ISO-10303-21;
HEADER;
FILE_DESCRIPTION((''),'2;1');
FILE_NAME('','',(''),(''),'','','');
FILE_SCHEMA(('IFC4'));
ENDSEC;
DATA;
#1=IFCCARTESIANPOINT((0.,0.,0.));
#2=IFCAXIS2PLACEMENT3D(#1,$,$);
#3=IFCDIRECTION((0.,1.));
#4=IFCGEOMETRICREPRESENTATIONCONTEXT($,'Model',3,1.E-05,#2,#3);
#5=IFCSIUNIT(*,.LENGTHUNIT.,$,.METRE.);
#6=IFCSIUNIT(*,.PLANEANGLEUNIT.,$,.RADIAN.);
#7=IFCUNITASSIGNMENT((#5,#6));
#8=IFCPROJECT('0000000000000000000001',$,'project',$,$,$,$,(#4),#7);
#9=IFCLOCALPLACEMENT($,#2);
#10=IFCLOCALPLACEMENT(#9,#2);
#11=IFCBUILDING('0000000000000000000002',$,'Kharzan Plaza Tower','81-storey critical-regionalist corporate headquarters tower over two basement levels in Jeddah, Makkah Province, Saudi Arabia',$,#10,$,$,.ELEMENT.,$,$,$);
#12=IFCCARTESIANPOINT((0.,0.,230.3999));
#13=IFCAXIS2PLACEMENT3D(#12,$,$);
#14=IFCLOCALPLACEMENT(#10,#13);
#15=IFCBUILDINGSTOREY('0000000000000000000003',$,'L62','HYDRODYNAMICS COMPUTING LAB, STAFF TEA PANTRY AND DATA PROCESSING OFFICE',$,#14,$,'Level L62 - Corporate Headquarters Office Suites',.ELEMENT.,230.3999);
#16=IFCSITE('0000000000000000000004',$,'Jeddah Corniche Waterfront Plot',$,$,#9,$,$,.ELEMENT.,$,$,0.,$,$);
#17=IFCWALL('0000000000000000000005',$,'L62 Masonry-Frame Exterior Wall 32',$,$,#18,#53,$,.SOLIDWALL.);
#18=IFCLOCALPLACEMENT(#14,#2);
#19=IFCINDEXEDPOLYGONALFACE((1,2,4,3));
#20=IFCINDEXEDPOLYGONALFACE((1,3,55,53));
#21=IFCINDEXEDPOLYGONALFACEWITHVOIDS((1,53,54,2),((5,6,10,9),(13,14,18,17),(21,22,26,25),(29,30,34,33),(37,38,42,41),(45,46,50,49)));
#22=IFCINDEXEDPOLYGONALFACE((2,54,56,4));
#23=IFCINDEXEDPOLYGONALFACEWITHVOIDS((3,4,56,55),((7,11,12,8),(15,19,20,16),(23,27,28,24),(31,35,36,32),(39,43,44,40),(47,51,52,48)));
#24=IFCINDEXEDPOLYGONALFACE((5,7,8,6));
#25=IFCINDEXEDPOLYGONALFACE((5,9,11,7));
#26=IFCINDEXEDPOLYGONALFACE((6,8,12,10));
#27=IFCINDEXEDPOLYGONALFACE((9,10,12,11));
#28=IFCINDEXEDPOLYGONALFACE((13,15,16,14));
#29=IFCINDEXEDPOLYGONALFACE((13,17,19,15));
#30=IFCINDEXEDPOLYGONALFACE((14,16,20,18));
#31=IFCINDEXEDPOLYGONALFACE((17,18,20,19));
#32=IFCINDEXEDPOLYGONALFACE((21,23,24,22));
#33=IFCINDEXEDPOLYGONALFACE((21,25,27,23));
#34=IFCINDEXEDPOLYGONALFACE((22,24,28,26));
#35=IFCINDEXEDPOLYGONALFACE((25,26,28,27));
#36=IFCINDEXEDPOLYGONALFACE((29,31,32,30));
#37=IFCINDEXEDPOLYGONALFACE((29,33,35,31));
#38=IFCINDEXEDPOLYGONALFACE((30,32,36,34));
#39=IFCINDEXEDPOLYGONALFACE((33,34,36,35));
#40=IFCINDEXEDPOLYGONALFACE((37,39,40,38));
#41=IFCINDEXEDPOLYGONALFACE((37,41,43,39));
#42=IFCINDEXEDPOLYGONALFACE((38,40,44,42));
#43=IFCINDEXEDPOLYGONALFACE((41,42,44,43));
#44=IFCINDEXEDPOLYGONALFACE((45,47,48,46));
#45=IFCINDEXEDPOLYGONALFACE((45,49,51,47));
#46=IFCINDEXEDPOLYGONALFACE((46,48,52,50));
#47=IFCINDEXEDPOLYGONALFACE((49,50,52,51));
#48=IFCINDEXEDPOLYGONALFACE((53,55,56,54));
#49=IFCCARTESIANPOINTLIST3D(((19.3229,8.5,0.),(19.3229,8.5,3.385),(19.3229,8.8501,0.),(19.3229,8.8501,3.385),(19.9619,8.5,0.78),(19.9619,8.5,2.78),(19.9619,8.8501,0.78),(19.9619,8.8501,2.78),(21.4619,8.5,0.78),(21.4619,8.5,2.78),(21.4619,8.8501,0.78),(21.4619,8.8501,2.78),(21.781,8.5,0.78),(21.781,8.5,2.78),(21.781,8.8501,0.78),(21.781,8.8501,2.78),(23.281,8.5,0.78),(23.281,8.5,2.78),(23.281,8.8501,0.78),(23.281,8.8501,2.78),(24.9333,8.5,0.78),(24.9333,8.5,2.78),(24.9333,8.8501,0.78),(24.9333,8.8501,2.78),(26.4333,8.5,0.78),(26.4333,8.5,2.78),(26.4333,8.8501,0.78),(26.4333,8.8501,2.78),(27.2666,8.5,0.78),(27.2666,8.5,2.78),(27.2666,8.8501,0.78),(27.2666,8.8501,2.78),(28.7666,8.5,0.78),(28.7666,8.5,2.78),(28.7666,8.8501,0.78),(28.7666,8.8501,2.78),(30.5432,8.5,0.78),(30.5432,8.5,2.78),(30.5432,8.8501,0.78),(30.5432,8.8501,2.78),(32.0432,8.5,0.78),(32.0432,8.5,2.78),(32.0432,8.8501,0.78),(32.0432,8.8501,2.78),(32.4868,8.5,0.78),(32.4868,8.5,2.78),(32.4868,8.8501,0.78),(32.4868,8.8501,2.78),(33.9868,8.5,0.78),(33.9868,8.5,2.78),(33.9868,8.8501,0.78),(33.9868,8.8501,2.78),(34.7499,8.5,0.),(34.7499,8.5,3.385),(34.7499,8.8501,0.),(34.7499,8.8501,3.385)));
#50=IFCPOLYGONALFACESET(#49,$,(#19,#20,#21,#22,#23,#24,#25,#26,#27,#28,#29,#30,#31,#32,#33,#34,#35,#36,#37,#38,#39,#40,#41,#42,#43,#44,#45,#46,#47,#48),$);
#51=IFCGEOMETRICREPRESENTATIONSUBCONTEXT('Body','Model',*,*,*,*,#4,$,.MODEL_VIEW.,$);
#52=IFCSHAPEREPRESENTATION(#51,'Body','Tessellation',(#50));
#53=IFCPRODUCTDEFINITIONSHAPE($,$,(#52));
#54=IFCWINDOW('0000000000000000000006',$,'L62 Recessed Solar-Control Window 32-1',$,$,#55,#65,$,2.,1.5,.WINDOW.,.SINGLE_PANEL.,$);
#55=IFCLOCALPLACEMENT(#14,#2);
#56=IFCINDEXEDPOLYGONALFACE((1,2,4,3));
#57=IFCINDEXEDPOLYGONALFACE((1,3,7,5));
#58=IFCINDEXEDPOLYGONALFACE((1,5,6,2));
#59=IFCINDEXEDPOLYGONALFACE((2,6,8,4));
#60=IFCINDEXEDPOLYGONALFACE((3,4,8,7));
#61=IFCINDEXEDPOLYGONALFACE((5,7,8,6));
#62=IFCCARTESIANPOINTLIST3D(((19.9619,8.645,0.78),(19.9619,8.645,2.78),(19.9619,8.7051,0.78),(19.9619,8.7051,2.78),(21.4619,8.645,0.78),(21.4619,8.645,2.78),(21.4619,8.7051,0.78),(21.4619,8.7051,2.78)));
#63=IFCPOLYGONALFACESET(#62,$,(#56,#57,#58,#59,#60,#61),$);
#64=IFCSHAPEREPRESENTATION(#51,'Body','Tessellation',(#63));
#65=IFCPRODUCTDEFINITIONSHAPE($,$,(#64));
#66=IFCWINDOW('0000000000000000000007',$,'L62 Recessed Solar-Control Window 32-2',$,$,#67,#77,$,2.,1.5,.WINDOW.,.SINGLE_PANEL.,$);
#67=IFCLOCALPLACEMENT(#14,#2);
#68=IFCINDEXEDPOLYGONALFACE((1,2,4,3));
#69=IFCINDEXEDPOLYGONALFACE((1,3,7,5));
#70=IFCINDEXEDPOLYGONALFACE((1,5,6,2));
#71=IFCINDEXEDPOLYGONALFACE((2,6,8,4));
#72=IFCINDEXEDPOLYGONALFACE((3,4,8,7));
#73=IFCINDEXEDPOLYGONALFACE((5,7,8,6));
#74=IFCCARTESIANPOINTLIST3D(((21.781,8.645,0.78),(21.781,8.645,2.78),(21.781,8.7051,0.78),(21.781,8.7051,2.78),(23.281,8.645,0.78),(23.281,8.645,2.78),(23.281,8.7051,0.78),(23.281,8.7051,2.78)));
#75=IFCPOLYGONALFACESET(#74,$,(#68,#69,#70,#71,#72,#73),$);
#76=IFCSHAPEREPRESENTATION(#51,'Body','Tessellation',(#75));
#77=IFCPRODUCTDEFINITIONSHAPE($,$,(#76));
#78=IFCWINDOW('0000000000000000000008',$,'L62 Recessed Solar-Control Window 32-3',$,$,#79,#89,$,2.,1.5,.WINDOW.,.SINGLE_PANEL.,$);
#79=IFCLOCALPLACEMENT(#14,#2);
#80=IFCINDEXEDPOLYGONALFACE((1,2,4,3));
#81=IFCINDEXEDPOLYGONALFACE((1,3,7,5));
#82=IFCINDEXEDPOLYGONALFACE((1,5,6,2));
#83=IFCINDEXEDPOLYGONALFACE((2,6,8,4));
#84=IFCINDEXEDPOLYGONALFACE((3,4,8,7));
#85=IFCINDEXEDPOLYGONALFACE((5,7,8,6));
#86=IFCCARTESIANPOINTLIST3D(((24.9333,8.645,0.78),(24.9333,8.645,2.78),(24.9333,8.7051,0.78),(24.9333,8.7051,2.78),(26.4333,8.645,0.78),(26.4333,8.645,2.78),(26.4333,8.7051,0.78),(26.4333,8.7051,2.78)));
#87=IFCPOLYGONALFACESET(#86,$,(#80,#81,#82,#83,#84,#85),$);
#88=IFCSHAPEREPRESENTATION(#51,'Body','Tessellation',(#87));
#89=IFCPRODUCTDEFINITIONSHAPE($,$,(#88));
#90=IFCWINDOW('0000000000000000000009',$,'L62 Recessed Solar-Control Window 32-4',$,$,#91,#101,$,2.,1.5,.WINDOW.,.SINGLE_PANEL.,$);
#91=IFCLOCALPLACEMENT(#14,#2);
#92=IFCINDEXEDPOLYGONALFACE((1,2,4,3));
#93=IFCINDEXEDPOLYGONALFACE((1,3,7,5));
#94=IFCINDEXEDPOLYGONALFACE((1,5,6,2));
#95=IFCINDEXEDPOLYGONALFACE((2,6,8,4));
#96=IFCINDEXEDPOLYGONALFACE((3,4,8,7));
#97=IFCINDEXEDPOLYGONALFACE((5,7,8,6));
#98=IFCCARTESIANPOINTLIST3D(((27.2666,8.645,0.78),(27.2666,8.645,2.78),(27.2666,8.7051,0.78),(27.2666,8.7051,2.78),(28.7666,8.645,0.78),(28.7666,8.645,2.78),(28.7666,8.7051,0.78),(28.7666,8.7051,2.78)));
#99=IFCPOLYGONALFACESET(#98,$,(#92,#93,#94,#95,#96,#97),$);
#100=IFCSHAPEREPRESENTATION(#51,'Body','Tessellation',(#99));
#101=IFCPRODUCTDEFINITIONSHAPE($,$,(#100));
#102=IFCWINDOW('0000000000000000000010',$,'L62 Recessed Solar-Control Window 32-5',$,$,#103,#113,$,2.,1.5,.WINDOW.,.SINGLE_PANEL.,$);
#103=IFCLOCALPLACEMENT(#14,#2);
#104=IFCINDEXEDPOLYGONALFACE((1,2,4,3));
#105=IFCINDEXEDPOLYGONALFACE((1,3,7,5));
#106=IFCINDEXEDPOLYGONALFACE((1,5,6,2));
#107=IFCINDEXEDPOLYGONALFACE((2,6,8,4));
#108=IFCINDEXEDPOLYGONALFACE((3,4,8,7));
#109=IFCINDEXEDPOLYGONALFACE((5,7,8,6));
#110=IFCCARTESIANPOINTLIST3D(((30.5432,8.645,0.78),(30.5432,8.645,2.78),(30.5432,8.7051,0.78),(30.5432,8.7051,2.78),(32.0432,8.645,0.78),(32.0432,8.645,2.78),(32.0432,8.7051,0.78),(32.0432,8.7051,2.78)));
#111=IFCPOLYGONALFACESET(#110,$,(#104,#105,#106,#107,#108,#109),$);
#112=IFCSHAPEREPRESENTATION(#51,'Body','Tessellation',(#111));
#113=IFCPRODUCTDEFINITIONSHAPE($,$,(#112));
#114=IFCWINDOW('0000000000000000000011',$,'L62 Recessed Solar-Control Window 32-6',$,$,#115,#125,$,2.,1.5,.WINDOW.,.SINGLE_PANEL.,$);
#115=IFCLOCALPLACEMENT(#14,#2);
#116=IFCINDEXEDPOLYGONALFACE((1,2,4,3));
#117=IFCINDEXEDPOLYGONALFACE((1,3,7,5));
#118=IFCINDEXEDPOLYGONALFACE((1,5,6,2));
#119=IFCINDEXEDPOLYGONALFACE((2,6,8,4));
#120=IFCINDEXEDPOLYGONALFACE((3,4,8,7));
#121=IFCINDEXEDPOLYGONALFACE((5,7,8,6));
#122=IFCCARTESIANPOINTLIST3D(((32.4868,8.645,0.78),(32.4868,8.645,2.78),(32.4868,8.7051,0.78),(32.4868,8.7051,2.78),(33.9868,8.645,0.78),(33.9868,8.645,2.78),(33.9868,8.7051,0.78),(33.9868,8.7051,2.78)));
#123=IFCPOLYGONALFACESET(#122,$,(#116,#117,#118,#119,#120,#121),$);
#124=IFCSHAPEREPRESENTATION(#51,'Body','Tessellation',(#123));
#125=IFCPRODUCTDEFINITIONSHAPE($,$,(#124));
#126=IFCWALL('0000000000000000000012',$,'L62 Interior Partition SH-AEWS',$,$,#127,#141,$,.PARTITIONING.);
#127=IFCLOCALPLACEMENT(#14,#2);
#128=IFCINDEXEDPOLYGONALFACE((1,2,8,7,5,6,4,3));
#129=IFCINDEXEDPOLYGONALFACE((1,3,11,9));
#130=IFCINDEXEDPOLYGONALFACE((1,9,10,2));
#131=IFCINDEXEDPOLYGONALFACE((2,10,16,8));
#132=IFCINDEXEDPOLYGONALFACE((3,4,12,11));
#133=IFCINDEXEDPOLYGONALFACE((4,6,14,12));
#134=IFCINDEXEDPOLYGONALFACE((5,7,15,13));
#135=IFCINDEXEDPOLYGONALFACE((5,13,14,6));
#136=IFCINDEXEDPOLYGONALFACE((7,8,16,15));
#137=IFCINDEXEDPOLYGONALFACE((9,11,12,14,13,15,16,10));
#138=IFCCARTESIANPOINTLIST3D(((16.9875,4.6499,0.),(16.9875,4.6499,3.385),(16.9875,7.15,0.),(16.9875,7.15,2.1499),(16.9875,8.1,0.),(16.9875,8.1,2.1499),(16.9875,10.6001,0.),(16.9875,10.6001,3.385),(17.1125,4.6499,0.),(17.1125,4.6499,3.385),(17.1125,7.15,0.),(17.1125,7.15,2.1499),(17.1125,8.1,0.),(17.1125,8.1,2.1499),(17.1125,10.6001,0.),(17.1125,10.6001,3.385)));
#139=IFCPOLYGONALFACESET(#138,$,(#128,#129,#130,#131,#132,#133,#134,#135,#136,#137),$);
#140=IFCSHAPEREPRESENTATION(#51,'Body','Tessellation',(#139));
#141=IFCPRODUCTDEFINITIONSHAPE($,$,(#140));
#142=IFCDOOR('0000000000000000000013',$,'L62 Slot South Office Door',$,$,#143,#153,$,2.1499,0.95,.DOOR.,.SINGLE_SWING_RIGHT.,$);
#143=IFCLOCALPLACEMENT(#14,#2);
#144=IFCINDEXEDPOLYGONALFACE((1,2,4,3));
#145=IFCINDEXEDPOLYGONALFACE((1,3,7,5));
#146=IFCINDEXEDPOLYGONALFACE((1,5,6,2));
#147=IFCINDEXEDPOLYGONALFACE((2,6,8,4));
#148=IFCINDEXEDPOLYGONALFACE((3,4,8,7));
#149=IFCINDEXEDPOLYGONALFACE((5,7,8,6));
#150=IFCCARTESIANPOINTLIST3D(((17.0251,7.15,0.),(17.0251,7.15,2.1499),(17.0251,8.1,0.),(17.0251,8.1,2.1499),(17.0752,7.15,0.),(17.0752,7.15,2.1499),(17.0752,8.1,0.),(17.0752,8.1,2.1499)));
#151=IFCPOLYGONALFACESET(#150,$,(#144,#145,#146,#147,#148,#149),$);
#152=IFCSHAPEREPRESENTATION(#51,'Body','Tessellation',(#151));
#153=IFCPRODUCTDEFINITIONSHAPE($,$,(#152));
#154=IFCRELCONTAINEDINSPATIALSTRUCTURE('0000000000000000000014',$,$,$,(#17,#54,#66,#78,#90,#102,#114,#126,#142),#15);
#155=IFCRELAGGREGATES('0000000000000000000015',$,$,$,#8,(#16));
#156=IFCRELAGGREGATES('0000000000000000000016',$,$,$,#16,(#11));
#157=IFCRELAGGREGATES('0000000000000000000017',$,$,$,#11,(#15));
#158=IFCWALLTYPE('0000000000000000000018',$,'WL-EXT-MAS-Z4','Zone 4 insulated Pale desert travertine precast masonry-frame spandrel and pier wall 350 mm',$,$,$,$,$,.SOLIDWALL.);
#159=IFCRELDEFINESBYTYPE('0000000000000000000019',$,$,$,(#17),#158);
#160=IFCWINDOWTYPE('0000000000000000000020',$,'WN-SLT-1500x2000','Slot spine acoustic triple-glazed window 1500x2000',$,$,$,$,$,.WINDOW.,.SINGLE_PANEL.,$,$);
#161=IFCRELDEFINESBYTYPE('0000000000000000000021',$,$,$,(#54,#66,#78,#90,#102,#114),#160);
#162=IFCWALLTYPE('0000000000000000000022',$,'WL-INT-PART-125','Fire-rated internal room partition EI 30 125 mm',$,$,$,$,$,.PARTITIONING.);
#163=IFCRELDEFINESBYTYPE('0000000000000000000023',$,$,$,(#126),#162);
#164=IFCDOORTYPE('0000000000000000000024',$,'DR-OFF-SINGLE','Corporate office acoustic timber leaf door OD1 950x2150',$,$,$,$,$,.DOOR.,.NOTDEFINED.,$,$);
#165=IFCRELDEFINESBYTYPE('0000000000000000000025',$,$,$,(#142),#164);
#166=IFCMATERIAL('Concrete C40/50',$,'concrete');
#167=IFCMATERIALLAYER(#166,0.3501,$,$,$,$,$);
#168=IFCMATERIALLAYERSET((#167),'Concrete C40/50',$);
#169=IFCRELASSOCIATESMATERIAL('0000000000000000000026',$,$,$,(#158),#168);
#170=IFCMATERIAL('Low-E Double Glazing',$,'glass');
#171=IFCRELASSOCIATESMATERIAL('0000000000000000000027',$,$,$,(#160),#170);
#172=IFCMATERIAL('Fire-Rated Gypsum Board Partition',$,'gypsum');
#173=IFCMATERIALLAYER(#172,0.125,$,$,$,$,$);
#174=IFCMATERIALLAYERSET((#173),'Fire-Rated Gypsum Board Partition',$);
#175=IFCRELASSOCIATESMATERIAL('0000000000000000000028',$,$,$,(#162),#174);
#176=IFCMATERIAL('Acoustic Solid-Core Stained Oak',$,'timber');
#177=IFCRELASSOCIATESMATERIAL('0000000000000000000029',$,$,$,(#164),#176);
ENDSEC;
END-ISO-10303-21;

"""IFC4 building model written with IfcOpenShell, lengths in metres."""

from ifc_helpers import new_model, si_unit, direction, frame, frame_2d, origin, place, context, subcontext, project, spatial, rectangle, extrude, source, transform, mapped, material, layer, layer_set, type_object, element, fill, save


model = new_model("IFC4")

# Units and contexts
model_context = context("Model", 3, precision=1e-05, world=origin(), true_north=direction((0.0, 1.0)))
body_context = subcontext(model_context, "Body", "Model", "MODEL_VIEW")
ifc_project = project(units=[si_unit("LENGTHUNIT", "METRE"), si_unit("PLANEANGLEUNIT", "RADIAN")], contexts=[model_context])

# Site, building, storey
site_placement = place(None, origin())
site = spatial("IfcSite", under=ifc_project, at=site_placement, Name="Jeddah Corniche Waterfront Plot", CompositionType="ELEMENT", RefElevation=0.0)
building_placement = place(site_placement, origin())
building = spatial("IfcBuilding", under=site, at=building_placement, Name="Kharzan Plaza Tower", Description="81-storey critical-regionalist corporate headquarters tower over two basement levels in Jeddah, Makkah Province, Saudi Arabia", CompositionType="ELEMENT")
storey_placement = place(building_placement, frame((0.0, 0.0, 230.3999)))
storey = spatial("IfcBuildingStorey", under=building, at=storey_placement, Name="L62", Description="HYDRODYNAMICS COMPUTING LAB, STAFF TEA PANTRY AND DATA PROCESSING OFFICE", LongName="Level L62 - Corporate Headquarters Office Suites", CompositionType="ELEMENT", Elevation=230.3999)

# Shared definitions
ifc_material_1 = material(Name="Concrete C40/50", Category="concrete")
ifc_layer_1 = layer(ifc_material_1, 0.3501)
ifc_layer_set_1 = layer_set([ifc_layer_1], Name="Concrete C40/50")
wall_type_1 = type_object("IfcWallType", Name="WL-EXT-MAS-Z4", Description="Zone 4 insulated Pale desert travertine precast masonry-frame spandrel and pier wall 350 mm", PredefinedType="SOLIDWALL", material=ifc_layer_set_1)
ifc_material_2 = material(Name="Low-E Double Glazing", Category="glass")

# Wall, openings, windows
wall_1_placement = place(storey_placement, frame((19.323, 8.675, 0.0), z_axis=(0.0, 0.0, 1.0), x_axis=(1.0, 0.0, 0.0)))
wall_1 = element("IfcWall", 1, at=wall_1_placement, inside=storey, type_object=wall_type_1, Name="L62 Masonry-Frame Exterior Wall 32", PredefinedType="SOLIDWALL", context=body_context, shape_type="SweptSolid", body=[
    extrude(rectangle(XDim=15.427, YDim=0.3501, at=frame_2d((7.7134, 0.0))), origin(), (0.0, 0.0, 1.0), 3.385),
])
opening_1_placement = place(wall_1_placement, frame((0.6389, 0.0, 0.78)))
opening_1 = element("IfcOpeningElement", 2, at=opening_1_placement, cuts=wall_1, PredefinedType="OPENING", context=body_context, shape_type="SweptSolid", body=[
    extrude(rectangle(XDim=1.5, YDim=2.0, at=frame_2d((0.75, 1.0))), frame((0.0, 0.1851, 0.0), z_axis=(0.0, -1.0, 0.0), x_axis=(1.0, 0.0, 0.0)), (0.0, 0.0, 1.0), 0.3701),
])
opening_2_placement = place(wall_1_placement, frame((2.458, 0.0, 0.78)))
opening_2 = element("IfcOpeningElement", 3, at=opening_2_placement, cuts=wall_1, PredefinedType="OPENING", context=body_context, shape_type="SweptSolid", body=[
    extrude(rectangle(XDim=1.5, YDim=2.0, at=frame_2d((0.75, 1.0))), frame((0.0, 0.1851, 0.0), z_axis=(0.0, -1.0, 0.0), x_axis=(1.0, 0.0, 0.0)), (0.0, 0.0, 1.0), 0.3701),
])
opening_3_placement = place(wall_1_placement, frame((5.6104, 0.0, 0.78)))
opening_3 = element("IfcOpeningElement", 4, at=opening_3_placement, cuts=wall_1, PredefinedType="OPENING", context=body_context, shape_type="SweptSolid", body=[
    extrude(rectangle(XDim=1.5, YDim=2.0, at=frame_2d((0.75, 1.0))), frame((0.0, 0.1851, 0.0), z_axis=(0.0, -1.0, 0.0), x_axis=(1.0, 0.0, 0.0)), (0.0, 0.0, 1.0), 0.3701),
])
opening_4_placement = place(wall_1_placement, frame((7.9436, 0.0, 0.78)))
opening_4 = element("IfcOpeningElement", 5, at=opening_4_placement, cuts=wall_1, PredefinedType="OPENING", context=body_context, shape_type="SweptSolid", body=[
    extrude(rectangle(XDim=1.5, YDim=2.0, at=frame_2d((0.75, 1.0))), frame((0.0, 0.1851, 0.0), z_axis=(0.0, -1.0, 0.0), x_axis=(1.0, 0.0, 0.0)), (0.0, 0.0, 1.0), 0.3701),
])
opening_5_placement = place(wall_1_placement, frame((11.2202, 0.0, 0.78)))
opening_5 = element("IfcOpeningElement", 6, at=opening_5_placement, cuts=wall_1, PredefinedType="OPENING", context=body_context, shape_type="SweptSolid", body=[
    extrude(rectangle(XDim=1.5, YDim=2.0, at=frame_2d((0.75, 1.0))), frame((0.0, 0.1851, 0.0), z_axis=(0.0, -1.0, 0.0), x_axis=(1.0, 0.0, 0.0)), (0.0, 0.0, 1.0), 0.3701),
])
opening_6_placement = place(wall_1_placement, frame((13.1638, 0.0, 0.78)))
opening_6 = element("IfcOpeningElement", 7, at=opening_6_placement, cuts=wall_1, PredefinedType="OPENING", context=body_context, shape_type="SweptSolid", body=[
    extrude(rectangle(XDim=1.5, YDim=2.0, at=frame_2d((0.75, 1.0))), frame((0.0, 0.1851, 0.0), z_axis=(0.0, -1.0, 0.0), x_axis=(1.0, 0.0, 0.0)), (0.0, 0.0, 1.0), 0.3701),
])
window_type_1 = type_object("IfcWindowType", Name="WN-SLT-1500x2000", Description="Slot spine acoustic triple-glazed window 1500x2000", PartitioningType="SINGLE_PANEL", PredefinedType="WINDOW", material=ifc_material_2)
shared_shape_1 = source(origin(), body_context, "Body", "SweptSolid", [
    extrude(rectangle(XDim=1.5, YDim=2.0, at=frame_2d((0.75, 1.0))), frame((0.0, 0.03, 0.0), z_axis=(0.0, -1.0, 0.0), x_axis=(1.0, 0.0, 0.0)), (0.0, 0.0, 1.0), 0.0601),
])
window_1_placement = place(opening_1_placement, origin())
window_1 = element("IfcWindow", 8, at=window_1_placement, inside=storey, type_object=window_type_1, Name="L62 Recessed Solar-Control Window 32-1", OverallHeight=2.0, OverallWidth=1.5, PartitioningType="SINGLE_PANEL", PredefinedType="WINDOW", context=body_context, shape_type="MappedRepresentation", body=[
    mapped(shared_shape_1, transform((0.0, 0.0, 0.0), x_axis=(1.0, 0.0, 0.0), y_axis=(0.0, 1.0, 0.0), z_axis=(0.0, 0.0, 1.0))),
])
fill(opening_1, window_1)
window_2_placement = place(opening_2_placement, origin())
window_2 = element("IfcWindow", 9, at=window_2_placement, inside=storey, type_object=window_type_1, Name="L62 Recessed Solar-Control Window 32-2", OverallHeight=2.0, OverallWidth=1.5, PartitioningType="SINGLE_PANEL", PredefinedType="WINDOW", context=body_context, shape_type="MappedRepresentation", body=[
    mapped(shared_shape_1, transform((0.0, 0.0, 0.0), x_axis=(1.0, 0.0, 0.0), y_axis=(0.0, 1.0, 0.0), z_axis=(0.0, 0.0, 1.0))),
])
fill(opening_2, window_2)
window_3_placement = place(opening_3_placement, origin())
window_3 = element("IfcWindow", 10, at=window_3_placement, inside=storey, type_object=window_type_1, Name="L62 Recessed Solar-Control Window 32-3", OverallHeight=2.0, OverallWidth=1.5, PartitioningType="SINGLE_PANEL", PredefinedType="WINDOW", context=body_context, shape_type="MappedRepresentation", body=[
    mapped(shared_shape_1, transform((0.0, 0.0, 0.0), x_axis=(1.0, 0.0, 0.0), y_axis=(0.0, 1.0, 0.0), z_axis=(0.0, 0.0, 1.0))),
])
fill(opening_3, window_3)
window_4_placement = place(opening_4_placement, origin())
window_4 = element("IfcWindow", 11, at=window_4_placement, inside=storey, type_object=window_type_1, Name="L62 Recessed Solar-Control Window 32-4", OverallHeight=2.0, OverallWidth=1.5, PartitioningType="SINGLE_PANEL", PredefinedType="WINDOW", context=body_context, shape_type="MappedRepresentation", body=[
    mapped(shared_shape_1, transform((0.0, 0.0, 0.0), x_axis=(1.0, 0.0, 0.0), y_axis=(0.0, 1.0, 0.0), z_axis=(0.0, 0.0, 1.0))),
])
fill(opening_4, window_4)
window_5_placement = place(opening_5_placement, origin())
window_5 = element("IfcWindow", 12, at=window_5_placement, inside=storey, type_object=window_type_1, Name="L62 Recessed Solar-Control Window 32-5", OverallHeight=2.0, OverallWidth=1.5, PartitioningType="SINGLE_PANEL", PredefinedType="WINDOW", context=body_context, shape_type="MappedRepresentation", body=[
    mapped(shared_shape_1, transform((0.0, 0.0, 0.0), x_axis=(1.0, 0.0, 0.0), y_axis=(0.0, 1.0, 0.0), z_axis=(0.0, 0.0, 1.0))),
])
fill(opening_5, window_5)
window_6_placement = place(opening_6_placement, origin())
window_6 = element("IfcWindow", 13, at=window_6_placement, inside=storey, type_object=window_type_1, Name="L62 Recessed Solar-Control Window 32-6", OverallHeight=2.0, OverallWidth=1.5, PartitioningType="SINGLE_PANEL", PredefinedType="WINDOW", context=body_context, shape_type="MappedRepresentation", body=[
    mapped(shared_shape_1, transform((0.0, 0.0, 0.0), x_axis=(1.0, 0.0, 0.0), y_axis=(0.0, 1.0, 0.0), z_axis=(0.0, 0.0, 1.0))),
])
fill(opening_6, window_6)

# Wall, opening, door
ifc_material_3 = material(Name="Fire-Rated Gypsum Board Partition", Category="gypsum")
ifc_layer_2 = layer(ifc_material_3, 0.125)
ifc_layer_set_2 = layer_set([ifc_layer_2], Name="Fire-Rated Gypsum Board Partition")
wall_type_2 = type_object("IfcWallType", Name="WL-INT-PART-125", Description="Fire-rated internal room partition EI 30 125 mm", PredefinedType="PARTITIONING", material=ifc_layer_set_2)
wall_2_placement = place(storey_placement, frame((17.05, 4.6499, 0.0), z_axis=(0.0, 0.0, 1.0), x_axis=(0.0, 1.0, 0.0)))
wall_2 = element("IfcWall", 14, at=wall_2_placement, inside=storey, type_object=wall_type_2, Name="L62 Interior Partition SH-AEWS", PredefinedType="PARTITIONING", context=body_context, shape_type="SweptSolid", body=[
    extrude(rectangle(XDim=5.9502, YDim=0.125, at=frame_2d((2.9751, 0.0))), origin(), (0.0, 0.0, 1.0), 3.385),
])
opening_7_placement = place(wall_2_placement, frame((2.5, 0.0, 0.0)))
opening_7 = element("IfcOpeningElement", 15, at=opening_7_placement, cuts=wall_2, PredefinedType="OPENING", context=body_context, shape_type="SweptSolid", body=[
    extrude(rectangle(XDim=0.95, YDim=2.1499, at=frame_2d((0.4751, 1.075))), frame((0.0, 0.0725, 0.0), z_axis=(0.0, -1.0, 0.0), x_axis=(1.0, 0.0, 0.0)), (0.0, 0.0, 1.0), 0.145),
])
ifc_material_4 = material(Name="Acoustic Solid-Core Stained Oak", Category="timber")
door_type = type_object("IfcDoorType", Name="DR-OFF-SINGLE", Description="Corporate office acoustic timber leaf door OD1 950x2150", OperationType="NOTDEFINED", PredefinedType="DOOR", material=ifc_material_4)
shared_shape_2 = source(origin(), body_context, "Body", "SweptSolid", [
    extrude(rectangle(XDim=0.95, YDim=2.1499, at=frame_2d((0.4751, 1.075))), frame((0.0, 0.0249, 0.0), z_axis=(0.0, -1.0, 0.0), x_axis=(1.0, 0.0, 0.0)), (0.0, 0.0, 1.0), 0.05),
])
door_placement = place(opening_7_placement, origin())
door = element("IfcDoor", 16, at=door_placement, inside=storey, type_object=door_type, Name="L62 Slot South Office Door", OperationType="SINGLE_SWING_RIGHT", OverallHeight=2.1499, OverallWidth=0.95, PredefinedType="DOOR", context=body_context, shape_type="MappedRepresentation", body=[
    mapped(shared_shape_2, transform((0.0, 0.0, 0.0), x_axis=(1.0, 0.0, 0.0), y_axis=(0.0, 1.0, 0.0), z_axis=(0.0, 0.0, 1.0))),
])
fill(opening_7, door)

save(model, "model.ifc")
